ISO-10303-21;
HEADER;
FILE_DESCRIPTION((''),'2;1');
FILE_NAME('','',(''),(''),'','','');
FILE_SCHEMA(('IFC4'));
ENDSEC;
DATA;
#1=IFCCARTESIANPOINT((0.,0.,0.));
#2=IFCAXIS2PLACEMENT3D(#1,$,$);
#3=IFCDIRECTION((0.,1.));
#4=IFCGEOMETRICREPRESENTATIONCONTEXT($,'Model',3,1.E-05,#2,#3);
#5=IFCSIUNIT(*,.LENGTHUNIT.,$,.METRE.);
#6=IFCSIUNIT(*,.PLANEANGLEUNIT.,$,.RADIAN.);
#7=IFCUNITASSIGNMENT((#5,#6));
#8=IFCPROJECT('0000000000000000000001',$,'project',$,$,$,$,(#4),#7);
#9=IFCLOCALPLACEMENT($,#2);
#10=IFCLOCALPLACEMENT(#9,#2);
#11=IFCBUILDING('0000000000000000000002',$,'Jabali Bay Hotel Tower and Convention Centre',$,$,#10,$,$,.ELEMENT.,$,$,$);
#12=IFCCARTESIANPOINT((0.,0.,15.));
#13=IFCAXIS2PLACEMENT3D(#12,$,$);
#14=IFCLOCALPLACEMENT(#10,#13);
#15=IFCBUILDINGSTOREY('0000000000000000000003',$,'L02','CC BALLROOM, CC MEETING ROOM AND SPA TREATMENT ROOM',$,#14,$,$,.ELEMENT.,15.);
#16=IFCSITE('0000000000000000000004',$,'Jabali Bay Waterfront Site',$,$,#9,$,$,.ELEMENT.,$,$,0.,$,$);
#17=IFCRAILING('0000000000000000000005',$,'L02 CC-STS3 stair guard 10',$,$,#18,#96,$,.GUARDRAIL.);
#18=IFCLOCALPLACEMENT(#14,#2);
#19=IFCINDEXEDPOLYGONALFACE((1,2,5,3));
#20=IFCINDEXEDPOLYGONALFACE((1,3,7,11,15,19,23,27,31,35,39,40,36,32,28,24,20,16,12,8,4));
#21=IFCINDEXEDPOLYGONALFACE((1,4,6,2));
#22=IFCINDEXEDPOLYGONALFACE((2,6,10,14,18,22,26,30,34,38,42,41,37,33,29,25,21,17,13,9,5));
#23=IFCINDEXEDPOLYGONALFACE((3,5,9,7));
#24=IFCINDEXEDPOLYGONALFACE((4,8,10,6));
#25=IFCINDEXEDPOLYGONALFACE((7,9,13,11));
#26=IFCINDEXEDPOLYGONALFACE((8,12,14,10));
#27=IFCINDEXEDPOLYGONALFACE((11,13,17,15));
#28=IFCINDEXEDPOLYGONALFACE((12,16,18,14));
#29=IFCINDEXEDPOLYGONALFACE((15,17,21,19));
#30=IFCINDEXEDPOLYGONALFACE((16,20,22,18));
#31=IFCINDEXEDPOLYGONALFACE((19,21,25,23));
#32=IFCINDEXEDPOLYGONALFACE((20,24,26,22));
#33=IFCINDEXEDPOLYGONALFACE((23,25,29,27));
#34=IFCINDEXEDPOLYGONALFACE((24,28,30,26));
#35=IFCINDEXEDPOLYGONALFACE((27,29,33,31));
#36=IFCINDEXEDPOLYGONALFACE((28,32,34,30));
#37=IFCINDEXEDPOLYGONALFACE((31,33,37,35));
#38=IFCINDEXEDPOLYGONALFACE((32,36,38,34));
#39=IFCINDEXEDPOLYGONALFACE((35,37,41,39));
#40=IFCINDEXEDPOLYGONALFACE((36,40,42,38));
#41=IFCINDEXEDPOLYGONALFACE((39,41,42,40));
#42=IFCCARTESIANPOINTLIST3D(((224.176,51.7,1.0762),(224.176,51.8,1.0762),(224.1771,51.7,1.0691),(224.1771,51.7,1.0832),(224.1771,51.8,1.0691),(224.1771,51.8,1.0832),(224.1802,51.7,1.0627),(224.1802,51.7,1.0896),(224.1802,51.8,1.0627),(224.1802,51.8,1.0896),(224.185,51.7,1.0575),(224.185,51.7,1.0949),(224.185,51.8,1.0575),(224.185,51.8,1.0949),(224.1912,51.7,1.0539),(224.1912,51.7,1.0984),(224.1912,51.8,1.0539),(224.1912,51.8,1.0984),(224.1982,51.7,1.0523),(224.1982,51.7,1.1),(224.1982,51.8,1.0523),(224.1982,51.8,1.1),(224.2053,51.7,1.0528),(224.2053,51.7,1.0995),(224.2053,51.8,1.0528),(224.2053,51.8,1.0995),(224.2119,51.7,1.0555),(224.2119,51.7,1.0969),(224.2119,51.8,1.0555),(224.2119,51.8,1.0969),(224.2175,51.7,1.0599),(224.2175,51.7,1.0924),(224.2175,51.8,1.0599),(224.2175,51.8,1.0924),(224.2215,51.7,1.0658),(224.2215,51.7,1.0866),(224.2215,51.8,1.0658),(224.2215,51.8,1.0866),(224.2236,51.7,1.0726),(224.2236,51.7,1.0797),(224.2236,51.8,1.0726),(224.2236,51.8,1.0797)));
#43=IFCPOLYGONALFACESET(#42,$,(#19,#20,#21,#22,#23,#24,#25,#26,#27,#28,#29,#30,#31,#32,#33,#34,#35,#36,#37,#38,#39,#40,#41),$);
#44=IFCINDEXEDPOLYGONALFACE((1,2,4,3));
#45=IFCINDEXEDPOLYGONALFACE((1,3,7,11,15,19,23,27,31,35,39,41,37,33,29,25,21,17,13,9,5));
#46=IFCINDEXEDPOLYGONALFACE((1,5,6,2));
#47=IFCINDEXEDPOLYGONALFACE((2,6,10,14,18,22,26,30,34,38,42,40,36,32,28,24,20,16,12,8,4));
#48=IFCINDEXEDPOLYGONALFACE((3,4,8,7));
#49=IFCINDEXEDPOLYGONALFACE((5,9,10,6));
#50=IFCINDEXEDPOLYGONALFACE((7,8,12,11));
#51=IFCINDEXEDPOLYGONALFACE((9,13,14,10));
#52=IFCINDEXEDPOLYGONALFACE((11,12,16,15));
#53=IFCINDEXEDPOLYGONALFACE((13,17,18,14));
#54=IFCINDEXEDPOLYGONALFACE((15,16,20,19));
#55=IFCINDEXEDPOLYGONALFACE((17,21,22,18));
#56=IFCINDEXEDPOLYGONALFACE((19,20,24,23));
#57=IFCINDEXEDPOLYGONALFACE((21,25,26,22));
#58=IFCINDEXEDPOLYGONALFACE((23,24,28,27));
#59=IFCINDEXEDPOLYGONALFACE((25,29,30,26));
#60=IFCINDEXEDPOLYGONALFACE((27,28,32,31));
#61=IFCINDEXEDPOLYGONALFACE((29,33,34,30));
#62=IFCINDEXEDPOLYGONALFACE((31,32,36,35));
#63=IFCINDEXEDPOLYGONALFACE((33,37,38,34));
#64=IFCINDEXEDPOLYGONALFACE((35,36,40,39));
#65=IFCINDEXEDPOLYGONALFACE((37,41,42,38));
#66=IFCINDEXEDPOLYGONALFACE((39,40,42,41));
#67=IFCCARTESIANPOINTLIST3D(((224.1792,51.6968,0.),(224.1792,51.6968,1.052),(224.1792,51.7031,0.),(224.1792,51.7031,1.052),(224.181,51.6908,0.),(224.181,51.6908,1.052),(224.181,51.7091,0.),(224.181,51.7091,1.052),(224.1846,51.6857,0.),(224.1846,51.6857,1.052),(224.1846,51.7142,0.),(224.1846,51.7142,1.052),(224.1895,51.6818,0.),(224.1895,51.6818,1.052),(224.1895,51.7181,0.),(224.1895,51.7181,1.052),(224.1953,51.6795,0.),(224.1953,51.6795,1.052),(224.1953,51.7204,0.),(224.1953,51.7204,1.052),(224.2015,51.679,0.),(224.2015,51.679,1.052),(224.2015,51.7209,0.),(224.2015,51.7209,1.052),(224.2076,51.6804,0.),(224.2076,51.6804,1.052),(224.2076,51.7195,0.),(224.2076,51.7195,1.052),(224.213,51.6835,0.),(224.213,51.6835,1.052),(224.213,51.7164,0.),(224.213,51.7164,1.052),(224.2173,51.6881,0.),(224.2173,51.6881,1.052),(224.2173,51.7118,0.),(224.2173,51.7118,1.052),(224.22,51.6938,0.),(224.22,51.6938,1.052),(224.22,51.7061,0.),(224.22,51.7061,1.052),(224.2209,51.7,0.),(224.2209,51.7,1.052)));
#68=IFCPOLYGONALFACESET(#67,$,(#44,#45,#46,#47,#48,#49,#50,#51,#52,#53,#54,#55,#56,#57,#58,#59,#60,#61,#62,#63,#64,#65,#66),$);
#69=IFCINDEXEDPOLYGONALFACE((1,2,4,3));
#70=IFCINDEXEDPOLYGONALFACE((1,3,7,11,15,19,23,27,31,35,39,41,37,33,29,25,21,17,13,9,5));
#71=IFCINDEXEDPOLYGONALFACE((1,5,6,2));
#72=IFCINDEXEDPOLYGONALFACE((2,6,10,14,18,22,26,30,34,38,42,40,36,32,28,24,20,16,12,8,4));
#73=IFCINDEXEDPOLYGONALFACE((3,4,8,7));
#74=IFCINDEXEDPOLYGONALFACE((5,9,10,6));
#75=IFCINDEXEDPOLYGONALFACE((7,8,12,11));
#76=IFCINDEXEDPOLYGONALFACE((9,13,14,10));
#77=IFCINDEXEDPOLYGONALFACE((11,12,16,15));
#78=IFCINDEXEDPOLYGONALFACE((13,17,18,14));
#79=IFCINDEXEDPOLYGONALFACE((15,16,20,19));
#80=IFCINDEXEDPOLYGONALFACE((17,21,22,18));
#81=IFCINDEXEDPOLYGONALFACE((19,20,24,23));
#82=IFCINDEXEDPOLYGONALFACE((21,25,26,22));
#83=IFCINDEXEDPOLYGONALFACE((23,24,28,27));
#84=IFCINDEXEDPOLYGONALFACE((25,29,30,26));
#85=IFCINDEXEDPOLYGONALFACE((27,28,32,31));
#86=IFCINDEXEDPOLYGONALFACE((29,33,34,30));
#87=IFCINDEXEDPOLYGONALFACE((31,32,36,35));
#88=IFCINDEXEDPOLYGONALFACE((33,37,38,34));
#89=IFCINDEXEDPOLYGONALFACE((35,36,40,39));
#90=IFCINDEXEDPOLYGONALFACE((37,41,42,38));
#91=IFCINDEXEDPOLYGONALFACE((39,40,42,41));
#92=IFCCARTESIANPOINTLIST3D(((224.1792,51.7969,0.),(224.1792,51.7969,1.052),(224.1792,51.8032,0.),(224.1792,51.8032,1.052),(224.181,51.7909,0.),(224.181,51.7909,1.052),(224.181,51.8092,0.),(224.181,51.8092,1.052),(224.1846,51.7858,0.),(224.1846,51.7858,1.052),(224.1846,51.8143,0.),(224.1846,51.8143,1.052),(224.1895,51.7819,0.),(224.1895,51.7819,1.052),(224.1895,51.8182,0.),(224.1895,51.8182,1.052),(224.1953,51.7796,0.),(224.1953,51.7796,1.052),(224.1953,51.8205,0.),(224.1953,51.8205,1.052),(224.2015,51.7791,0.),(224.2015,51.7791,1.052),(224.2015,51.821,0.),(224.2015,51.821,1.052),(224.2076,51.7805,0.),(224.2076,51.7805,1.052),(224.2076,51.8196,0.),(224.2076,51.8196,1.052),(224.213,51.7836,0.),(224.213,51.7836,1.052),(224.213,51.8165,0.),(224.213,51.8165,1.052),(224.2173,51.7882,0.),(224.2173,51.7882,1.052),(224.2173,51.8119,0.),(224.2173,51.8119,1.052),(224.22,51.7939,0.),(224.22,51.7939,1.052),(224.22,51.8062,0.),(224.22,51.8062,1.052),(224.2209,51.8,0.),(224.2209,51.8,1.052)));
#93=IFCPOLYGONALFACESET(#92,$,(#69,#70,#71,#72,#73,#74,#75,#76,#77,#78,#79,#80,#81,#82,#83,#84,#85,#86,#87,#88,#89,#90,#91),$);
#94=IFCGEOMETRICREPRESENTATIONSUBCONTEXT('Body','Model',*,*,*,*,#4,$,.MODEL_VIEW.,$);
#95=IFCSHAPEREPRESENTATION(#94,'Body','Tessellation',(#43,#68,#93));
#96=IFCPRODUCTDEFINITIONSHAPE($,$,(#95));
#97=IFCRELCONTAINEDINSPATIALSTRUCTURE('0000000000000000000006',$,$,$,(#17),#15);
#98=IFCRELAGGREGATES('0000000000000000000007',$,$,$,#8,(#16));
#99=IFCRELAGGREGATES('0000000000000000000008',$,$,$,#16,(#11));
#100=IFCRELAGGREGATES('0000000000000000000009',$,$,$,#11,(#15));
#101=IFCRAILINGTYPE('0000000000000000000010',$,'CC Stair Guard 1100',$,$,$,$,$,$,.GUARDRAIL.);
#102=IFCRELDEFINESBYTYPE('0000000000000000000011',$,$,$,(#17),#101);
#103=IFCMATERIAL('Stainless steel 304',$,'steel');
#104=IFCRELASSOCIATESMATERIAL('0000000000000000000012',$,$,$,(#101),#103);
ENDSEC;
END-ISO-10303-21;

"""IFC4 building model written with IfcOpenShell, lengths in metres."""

from ifc_helpers import new_model, si_unit, direction, frame, origin, origin_2d, place, context, subcontext, project, spatial, circle, extrude, material, type_object, element, save


model = new_model("IFC4")

# Units and contexts
model_context = context("Model", 3, precision=1e-05, world=origin(), true_north=direction((0.0, 1.0)))
body_context = subcontext(model_context, "Body", "Model", "MODEL_VIEW")
ifc_project = project(units=[si_unit("LENGTHUNIT", "METRE"), si_unit("PLANEANGLEUNIT", "RADIAN")], contexts=[model_context])

# Site, building, storey
site_placement = place(None, origin())
site = spatial("IfcSite", under=ifc_project, at=site_placement, Name="Jabali Bay Waterfront Site", CompositionType="ELEMENT", RefElevation=0.0)
building_placement = place(site_placement, origin())
building = spatial("IfcBuilding", under=site, at=building_placement, Name="Jabali Bay Hotel Tower and Convention Centre", CompositionType="ELEMENT")
storey_placement = place(building_placement, frame((0.0, 0.0, 15.0)))
storey = spatial("IfcBuildingStorey", under=building, at=storey_placement, Name="L02", Description="CC BALLROOM, CC MEETING ROOM AND SPA TREATMENT ROOM", CompositionType="ELEMENT", Elevation=15.0)

# Railing
ifc_material_1 = material(Name="Stainless steel 304", Category="steel")
railing_type_1 = type_object("IfcRailingType", Name="CC Stair Guard 1100", PredefinedType="GUARDRAIL", material=ifc_material_1)
railing_1_placement = place(storey_placement, frame((224.2, 51.7, 0.0)))
element("IfcRailing", 1, at=railing_1_placement, inside=storey, type_object=railing_type_1, Name="L02 CC-STS3 stair guard 10", PredefinedType="GUARDRAIL", context=body_context, shape_type="SweptSolid", body=[
    extrude(circle(Radius=0.0239, at=origin_2d()), frame((0.0, 0.0, 1.0762), z_axis=(0.0, 1.0, 0.0), x_axis=(-1.0, 0.0, 0.0)), (0.0, 0.0, 1.0), 0.1001),
    extrude(circle(Radius=0.021, at=origin_2d()), origin(), (0.0, 0.0, 1.0), 1.052),
    extrude(circle(Radius=0.021, at=origin_2d()), frame((0.0, 0.1001, 0.0)), (0.0, 0.0, 1.0), 1.052),
])

save(model, "model.ifc")
